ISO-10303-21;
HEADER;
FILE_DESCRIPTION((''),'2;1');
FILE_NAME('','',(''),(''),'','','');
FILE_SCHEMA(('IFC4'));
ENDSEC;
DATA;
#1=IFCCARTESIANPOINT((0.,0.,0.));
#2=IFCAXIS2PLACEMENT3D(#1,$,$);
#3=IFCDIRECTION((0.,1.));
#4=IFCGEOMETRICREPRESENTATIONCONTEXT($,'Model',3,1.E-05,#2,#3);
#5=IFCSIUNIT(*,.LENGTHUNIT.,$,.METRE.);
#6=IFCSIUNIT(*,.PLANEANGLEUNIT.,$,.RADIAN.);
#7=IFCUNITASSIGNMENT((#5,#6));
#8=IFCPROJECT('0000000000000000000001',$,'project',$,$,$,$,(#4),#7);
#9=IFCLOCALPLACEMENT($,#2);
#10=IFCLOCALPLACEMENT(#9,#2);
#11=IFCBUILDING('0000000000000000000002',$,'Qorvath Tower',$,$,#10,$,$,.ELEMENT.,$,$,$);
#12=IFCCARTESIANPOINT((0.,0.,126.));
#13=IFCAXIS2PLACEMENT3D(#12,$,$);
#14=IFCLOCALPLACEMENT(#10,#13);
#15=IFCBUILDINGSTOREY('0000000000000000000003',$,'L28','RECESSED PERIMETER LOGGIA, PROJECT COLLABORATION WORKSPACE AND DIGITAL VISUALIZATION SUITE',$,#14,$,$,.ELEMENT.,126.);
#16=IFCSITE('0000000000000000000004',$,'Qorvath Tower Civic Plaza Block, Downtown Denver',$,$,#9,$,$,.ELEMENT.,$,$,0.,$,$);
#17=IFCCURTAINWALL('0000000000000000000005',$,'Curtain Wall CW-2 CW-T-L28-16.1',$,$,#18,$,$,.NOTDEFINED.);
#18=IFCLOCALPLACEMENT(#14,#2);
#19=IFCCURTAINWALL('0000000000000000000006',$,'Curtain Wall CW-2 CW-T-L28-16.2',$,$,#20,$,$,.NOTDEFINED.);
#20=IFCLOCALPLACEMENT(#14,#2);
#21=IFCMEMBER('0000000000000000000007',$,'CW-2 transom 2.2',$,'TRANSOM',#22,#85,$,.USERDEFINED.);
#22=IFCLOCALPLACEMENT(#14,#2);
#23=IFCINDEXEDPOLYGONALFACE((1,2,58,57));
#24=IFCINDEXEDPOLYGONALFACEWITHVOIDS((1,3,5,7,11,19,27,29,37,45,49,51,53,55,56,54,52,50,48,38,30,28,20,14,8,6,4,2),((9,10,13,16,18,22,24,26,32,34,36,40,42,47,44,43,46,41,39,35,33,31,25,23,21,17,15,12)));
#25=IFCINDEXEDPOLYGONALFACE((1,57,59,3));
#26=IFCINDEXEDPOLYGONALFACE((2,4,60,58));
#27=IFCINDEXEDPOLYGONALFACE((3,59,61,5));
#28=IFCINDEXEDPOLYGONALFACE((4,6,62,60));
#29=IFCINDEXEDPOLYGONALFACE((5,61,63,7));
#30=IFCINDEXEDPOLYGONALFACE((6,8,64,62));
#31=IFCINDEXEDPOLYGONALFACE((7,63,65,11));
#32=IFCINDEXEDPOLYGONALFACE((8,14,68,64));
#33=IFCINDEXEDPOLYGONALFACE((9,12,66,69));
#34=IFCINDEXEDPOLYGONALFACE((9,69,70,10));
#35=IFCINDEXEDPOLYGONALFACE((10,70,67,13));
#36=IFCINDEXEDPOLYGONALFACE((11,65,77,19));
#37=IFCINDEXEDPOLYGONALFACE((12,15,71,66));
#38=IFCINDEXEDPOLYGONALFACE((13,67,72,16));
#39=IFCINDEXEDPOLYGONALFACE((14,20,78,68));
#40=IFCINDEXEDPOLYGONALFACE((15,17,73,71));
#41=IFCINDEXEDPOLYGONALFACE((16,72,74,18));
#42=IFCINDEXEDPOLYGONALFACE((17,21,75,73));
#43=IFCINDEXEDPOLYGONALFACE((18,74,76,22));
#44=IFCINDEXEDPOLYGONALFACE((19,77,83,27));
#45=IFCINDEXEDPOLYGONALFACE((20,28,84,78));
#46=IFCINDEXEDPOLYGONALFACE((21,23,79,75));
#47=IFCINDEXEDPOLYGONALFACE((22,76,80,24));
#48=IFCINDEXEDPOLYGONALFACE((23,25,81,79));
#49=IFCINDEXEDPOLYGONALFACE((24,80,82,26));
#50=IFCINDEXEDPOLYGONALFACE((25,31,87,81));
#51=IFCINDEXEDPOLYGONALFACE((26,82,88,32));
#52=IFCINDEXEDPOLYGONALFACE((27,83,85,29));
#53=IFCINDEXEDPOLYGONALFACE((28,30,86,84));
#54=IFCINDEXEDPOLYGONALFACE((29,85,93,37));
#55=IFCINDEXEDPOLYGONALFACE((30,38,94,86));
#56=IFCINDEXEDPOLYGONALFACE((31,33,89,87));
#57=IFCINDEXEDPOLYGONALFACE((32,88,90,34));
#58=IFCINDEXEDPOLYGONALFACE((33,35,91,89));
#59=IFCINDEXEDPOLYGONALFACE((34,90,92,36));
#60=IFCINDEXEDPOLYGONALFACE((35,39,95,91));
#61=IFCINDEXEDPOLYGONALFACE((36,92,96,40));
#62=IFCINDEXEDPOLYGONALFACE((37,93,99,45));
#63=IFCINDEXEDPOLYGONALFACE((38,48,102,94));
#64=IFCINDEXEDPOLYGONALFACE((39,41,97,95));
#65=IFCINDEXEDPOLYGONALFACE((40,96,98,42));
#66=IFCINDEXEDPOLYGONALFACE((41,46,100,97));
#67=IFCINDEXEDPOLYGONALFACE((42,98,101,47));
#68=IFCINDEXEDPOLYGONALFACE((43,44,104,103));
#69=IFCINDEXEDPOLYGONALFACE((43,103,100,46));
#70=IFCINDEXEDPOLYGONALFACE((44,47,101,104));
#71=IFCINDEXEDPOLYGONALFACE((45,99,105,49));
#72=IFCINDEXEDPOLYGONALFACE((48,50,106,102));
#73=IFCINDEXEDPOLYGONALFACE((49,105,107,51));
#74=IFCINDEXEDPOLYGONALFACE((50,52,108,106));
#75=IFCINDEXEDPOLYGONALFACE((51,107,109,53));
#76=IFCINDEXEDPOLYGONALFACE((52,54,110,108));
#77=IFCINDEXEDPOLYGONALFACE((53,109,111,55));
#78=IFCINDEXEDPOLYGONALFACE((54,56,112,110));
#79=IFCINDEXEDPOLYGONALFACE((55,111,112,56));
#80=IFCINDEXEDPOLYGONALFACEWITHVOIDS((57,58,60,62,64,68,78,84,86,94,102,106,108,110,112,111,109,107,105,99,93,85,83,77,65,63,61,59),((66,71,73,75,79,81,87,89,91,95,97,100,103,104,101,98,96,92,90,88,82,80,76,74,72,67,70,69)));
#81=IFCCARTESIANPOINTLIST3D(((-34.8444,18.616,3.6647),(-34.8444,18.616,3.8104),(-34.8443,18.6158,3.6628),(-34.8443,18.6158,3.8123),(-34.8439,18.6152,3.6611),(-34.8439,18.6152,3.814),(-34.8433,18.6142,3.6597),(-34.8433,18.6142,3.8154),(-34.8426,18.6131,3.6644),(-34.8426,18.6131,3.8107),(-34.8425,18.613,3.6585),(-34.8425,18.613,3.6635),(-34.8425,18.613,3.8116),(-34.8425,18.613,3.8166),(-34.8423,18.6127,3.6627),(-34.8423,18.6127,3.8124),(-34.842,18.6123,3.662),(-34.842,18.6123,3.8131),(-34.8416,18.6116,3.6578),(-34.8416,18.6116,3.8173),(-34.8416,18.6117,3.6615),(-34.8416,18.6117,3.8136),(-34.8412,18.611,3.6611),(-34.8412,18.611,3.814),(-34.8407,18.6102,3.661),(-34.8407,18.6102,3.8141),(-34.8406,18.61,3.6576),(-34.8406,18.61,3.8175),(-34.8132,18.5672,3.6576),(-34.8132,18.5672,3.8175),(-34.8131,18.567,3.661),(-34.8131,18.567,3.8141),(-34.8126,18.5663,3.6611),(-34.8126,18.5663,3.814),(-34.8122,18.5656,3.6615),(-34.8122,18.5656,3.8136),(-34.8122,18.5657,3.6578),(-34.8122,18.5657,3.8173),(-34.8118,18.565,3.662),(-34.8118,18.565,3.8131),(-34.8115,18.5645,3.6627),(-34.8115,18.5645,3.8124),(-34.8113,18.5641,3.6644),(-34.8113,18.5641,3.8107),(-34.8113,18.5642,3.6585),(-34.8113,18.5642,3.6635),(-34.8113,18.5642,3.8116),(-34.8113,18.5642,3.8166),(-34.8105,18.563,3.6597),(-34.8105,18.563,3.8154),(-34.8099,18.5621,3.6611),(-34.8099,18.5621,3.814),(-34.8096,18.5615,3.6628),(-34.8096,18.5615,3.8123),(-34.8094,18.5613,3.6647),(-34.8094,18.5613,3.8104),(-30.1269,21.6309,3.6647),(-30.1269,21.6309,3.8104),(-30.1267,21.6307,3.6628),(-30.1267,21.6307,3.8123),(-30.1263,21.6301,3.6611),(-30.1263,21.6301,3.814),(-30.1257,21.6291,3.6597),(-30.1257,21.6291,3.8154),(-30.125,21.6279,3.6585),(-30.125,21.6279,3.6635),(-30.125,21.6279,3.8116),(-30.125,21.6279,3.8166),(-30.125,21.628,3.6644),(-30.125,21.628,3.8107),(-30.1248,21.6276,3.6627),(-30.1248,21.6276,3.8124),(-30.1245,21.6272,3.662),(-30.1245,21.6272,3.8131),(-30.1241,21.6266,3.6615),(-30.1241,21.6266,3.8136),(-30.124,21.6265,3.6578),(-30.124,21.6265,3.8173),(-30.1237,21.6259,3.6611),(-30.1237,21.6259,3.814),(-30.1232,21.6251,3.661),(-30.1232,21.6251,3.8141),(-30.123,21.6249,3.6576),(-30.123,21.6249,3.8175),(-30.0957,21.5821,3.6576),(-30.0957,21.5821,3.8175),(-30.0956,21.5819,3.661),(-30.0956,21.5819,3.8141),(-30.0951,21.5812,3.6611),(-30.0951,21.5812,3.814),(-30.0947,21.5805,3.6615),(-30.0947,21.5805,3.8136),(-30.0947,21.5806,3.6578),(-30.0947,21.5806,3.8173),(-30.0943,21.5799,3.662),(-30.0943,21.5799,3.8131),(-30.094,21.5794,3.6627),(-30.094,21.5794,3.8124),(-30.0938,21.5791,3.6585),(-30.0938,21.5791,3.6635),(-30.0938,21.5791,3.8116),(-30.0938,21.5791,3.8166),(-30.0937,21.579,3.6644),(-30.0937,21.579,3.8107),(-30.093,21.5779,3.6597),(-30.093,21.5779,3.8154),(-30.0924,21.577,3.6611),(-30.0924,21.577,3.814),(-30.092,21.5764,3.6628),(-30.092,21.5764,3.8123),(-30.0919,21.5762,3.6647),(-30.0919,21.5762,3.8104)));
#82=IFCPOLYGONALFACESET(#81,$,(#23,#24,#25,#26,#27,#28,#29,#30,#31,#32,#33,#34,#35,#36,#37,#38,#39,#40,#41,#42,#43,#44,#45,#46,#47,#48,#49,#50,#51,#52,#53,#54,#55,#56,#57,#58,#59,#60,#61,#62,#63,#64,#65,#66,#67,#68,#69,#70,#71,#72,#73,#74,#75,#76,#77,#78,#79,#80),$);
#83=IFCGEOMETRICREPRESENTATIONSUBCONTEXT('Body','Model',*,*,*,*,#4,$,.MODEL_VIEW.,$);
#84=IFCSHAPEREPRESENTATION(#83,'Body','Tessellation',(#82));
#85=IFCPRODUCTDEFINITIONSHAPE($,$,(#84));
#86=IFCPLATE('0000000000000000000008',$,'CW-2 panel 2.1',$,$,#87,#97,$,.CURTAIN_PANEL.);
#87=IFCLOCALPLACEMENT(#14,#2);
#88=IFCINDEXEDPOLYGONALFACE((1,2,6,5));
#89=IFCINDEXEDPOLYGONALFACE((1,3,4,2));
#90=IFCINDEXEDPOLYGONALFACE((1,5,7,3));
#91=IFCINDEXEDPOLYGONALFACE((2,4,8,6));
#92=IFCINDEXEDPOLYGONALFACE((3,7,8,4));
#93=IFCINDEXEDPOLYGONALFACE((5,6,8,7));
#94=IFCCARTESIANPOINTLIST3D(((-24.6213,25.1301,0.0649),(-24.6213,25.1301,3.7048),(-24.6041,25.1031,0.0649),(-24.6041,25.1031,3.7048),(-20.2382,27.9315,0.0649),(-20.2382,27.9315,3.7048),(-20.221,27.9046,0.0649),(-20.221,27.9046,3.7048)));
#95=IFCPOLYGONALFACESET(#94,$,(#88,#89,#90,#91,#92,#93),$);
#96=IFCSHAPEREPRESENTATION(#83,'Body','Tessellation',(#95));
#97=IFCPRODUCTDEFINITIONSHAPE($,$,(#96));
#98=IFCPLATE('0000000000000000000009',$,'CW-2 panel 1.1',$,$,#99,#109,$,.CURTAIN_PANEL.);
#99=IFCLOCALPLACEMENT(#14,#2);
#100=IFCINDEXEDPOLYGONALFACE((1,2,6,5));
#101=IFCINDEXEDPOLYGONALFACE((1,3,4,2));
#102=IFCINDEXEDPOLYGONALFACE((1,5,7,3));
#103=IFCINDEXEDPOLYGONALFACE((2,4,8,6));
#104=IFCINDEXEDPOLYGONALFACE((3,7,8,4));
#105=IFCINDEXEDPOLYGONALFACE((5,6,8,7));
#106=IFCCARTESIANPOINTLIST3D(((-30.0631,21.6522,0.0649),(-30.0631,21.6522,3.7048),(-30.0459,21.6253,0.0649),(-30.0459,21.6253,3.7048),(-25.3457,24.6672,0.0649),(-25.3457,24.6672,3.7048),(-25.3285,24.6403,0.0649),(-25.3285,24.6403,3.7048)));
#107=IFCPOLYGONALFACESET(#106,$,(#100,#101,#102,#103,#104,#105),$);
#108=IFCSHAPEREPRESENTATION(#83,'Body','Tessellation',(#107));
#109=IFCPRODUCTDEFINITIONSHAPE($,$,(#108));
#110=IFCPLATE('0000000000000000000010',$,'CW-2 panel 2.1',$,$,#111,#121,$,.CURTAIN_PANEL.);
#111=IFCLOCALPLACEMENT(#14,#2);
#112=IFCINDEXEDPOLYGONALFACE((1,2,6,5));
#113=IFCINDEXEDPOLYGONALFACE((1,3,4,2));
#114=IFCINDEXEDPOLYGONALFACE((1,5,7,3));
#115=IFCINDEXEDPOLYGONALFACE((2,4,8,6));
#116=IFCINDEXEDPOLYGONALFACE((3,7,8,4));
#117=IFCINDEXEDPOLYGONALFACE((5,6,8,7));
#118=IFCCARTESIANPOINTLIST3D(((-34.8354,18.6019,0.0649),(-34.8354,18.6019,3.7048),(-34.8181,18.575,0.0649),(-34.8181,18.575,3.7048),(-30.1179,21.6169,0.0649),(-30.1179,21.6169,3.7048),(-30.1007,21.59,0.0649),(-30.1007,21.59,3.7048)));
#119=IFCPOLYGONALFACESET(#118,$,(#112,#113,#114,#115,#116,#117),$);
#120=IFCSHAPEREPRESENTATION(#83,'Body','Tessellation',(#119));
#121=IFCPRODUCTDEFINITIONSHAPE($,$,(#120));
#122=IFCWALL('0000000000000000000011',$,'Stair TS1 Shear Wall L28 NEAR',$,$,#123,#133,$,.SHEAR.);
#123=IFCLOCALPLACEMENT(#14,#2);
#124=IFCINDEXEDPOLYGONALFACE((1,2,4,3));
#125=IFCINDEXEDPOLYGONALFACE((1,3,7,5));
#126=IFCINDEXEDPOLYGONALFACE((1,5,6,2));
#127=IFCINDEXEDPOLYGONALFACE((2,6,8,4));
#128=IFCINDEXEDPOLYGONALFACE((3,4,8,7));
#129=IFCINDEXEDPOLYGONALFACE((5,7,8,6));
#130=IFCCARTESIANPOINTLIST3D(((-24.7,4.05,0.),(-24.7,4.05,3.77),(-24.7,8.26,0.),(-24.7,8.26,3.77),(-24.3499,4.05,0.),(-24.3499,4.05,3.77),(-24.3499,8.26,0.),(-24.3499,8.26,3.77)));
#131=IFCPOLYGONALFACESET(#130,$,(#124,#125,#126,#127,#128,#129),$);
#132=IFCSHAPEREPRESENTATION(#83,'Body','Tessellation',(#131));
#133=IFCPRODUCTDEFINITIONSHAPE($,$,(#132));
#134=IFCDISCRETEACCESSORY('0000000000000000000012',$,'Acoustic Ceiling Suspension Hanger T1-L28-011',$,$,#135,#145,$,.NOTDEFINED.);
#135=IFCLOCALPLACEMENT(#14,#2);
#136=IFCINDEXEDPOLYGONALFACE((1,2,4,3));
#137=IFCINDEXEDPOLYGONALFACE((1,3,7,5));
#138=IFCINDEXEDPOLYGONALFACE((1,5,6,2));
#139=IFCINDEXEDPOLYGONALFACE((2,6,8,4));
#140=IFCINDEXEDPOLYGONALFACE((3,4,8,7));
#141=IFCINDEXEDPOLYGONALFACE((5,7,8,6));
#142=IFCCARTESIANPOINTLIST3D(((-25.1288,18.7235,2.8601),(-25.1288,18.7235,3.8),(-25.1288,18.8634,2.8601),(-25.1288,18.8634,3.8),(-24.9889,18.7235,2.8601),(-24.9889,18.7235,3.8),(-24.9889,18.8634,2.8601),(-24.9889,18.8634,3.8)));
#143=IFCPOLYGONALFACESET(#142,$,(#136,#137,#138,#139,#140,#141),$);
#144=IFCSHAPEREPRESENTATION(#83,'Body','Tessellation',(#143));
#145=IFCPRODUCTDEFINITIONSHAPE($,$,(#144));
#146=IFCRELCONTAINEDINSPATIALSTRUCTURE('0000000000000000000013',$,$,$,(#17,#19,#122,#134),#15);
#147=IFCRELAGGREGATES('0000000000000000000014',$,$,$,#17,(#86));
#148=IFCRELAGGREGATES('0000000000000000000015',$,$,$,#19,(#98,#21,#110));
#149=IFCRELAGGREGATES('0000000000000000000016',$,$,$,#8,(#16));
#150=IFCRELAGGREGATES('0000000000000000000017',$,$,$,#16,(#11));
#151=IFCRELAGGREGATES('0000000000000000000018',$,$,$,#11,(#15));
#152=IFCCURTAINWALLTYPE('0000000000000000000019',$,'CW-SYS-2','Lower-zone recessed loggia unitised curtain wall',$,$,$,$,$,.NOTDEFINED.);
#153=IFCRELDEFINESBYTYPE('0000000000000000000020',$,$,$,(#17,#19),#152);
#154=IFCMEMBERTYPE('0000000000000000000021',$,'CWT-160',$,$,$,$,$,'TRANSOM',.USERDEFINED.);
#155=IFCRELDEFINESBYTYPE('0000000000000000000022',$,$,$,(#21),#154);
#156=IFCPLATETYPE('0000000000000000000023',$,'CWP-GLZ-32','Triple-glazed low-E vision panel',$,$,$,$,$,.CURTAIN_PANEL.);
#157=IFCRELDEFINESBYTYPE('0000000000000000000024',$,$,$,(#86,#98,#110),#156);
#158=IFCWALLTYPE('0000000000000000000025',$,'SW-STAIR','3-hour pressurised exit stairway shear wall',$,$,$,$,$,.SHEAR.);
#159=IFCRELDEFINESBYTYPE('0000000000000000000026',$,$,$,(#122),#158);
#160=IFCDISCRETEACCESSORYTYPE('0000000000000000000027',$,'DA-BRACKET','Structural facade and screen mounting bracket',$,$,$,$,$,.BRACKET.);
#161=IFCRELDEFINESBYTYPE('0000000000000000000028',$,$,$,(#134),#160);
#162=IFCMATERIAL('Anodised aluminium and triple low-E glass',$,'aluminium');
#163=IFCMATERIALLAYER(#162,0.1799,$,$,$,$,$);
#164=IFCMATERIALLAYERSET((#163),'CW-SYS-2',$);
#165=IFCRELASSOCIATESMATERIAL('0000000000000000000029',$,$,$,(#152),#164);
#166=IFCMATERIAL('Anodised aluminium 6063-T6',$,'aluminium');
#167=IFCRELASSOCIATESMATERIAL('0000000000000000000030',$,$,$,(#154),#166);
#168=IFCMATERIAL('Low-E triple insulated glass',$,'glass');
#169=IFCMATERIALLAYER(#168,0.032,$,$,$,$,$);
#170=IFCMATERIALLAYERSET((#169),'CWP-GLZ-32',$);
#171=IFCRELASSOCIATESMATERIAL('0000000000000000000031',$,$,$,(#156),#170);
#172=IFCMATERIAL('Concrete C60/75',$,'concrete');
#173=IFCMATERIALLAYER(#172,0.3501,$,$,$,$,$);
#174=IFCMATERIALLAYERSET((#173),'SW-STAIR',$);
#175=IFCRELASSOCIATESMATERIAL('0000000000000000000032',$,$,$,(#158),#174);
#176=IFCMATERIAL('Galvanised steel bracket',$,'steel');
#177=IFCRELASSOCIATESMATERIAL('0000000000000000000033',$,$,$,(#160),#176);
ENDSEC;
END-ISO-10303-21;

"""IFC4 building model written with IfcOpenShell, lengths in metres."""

from ifc_helpers import new_model, si_unit, direction, frame, frame_2d, origin, origin_2d, place, context, subcontext, project, spatial, rectangle, hollow_rectangle, extrude, material, layer, layer_set, material_profile, profile_set, type_object, element, aggregate, save


model = new_model("IFC4")

# Units and contexts
model_context = context("Model", 3, precision=1e-05, world=origin(), true_north=direction((0.0, 1.0)))
body_context = subcontext(model_context, "Body", "Model", "MODEL_VIEW")
ifc_project = project(units=[si_unit("LENGTHUNIT", "METRE"), si_unit("PLANEANGLEUNIT", "RADIAN")], contexts=[model_context])

# Site, building, storey
site_placement = place(None, origin())
site = spatial("IfcSite", under=ifc_project, at=site_placement, Name="Qorvath Tower Civic Plaza Block, Downtown Denver", CompositionType="ELEMENT", RefElevation=0.0)
building_placement = place(site_placement, origin())
building = spatial("IfcBuilding", under=site, at=building_placement, Name="Qorvath Tower", CompositionType="ELEMENT")
storey_placement = place(building_placement, frame((0.0, 0.0, 126.0)))
storey = spatial("IfcBuildingStorey", under=building, at=storey_placement, Name="L28", Description="RECESSED PERIMETER LOGGIA, PROJECT COLLABORATION WORKSPACE AND DIGITAL VISUALIZATION SUITE", CompositionType="ELEMENT", Elevation=126.0)

# Curtain wall
ifc_material_1 = material(Name="Anodised aluminium and triple low-E glass", Category="aluminium")
ifc_layer_1 = layer(ifc_material_1, 0.1799)
ifc_layer_set_1 = layer_set([ifc_layer_1], Name="CW-SYS-2")
curtain_wall_type = type_object("IfcCurtainWallType", Name="CW-SYS-2", Description="Lower-zone recessed loggia unitised curtain wall", PredefinedType="NOTDEFINED", material=ifc_layer_set_1)
curtain_wall_1_placement = place(storey_placement, origin())
curtain_wall_1 = element("IfcCurtainWall", 1, at=curtain_wall_1_placement, inside=storey, type_object=curtain_wall_type, Name="Curtain Wall CW-2 CW-T-L28-16.1", PredefinedType="NOTDEFINED")

# Curtain wall, member
curtain_wall_2_placement = place(storey_placement, origin())
curtain_wall_2 = element("IfcCurtainWall", 2, at=curtain_wall_2_placement, inside=storey, type_object=curtain_wall_type, Name="Curtain Wall CW-2 CW-T-L28-16.2", PredefinedType="NOTDEFINED")
ifc_material_2 = material(Name="Anodised aluminium 6063-T6", Category="aluminium")
ifc_material_profile_1 = material_profile(ifc_material_2, hollow_rectangle(XDim=0.0649, YDim=0.1599, WallThickness=0.0034, InnerFilletRadius=0.0034, OuterFilletRadius=0.0071, at=origin_2d()), Name="CWT 160x65")
ifc_profile_set_1 = profile_set([ifc_material_profile_1], Name="Anodised aluminium 6063-T6")
member_type_1 = type_object("IfcMemberType", Name="CWT-160", ElementType="TRANSOM", PredefinedType="USERDEFINED", material=ifc_profile_set_1)
member_1_placement = place(storey_placement, frame((-30.1094, 21.6035, 3.7375), z_axis=(-0.842622, -0.538505, 0.0), x_axis=(0.538505, -0.842622, 0.0)))
member_1 = element("IfcMember", 3, at=member_1_placement, type_object=member_type_1, Name="CW-2 transom 2.2", ObjectType="TRANSOM", PredefinedType="USERDEFINED", context=body_context, shape_type="SweptSolid", body=[
    extrude(hollow_rectangle(XDim=0.0649, YDim=0.1599, WallThickness=0.0034, InnerFilletRadius=0.0034, OuterFilletRadius=0.0071, at=origin_2d()), origin(), (0.0, 0.0, 1.0), 5.5986),
])

# Plates
ifc_material_3 = material(Name="Low-E triple insulated glass", Category="glass")
ifc_layer_2 = layer(ifc_material_3, 0.032)
ifc_layer_set_2 = layer_set([ifc_layer_2], Name="CWP-GLZ-32")
plate_type = type_object("IfcPlateType", Name="CWP-GLZ-32", Description="Triple-glazed low-E vision panel", PredefinedType="CURTAIN_PANEL", material=ifc_layer_set_2)
plate_1_placement = place(storey_placement, frame((-22.4211, 26.5173, 0.0649), z_axis=(0.0, 0.0, 1.0), x_axis=(-0.842595, -0.538548, 0.0)))
plate_1 = element("IfcPlate", 4, at=plate_1_placement, type_object=plate_type, Name="CW-2 panel 2.1", PredefinedType="CURTAIN_PANEL", context=body_context, shape_type="SweptSolid", body=[
    extrude(rectangle(XDim=5.2019, YDim=0.032, at=origin_2d()), origin(), (0.0, 0.0, 1.0), 3.6399),
])
aggregate(curtain_wall_1, [plate_1])
plate_2_placement = place(storey_placement, frame((-27.6958, 23.1462, 0.0649), z_axis=(0.0, 0.0, 1.0), x_axis=(-0.842607, -0.53853, 0.0)))
plate_2 = element("IfcPlate", 5, at=plate_2_placement, type_object=plate_type, Name="CW-2 panel 1.1", PredefinedType="CURTAIN_PANEL", context=body_context, shape_type="SweptSolid", body=[
    extrude(rectangle(XDim=5.5986, YDim=0.032, at=origin_2d()), origin(), (0.0, 0.0, 1.0), 3.6399),
])
plate_3_placement = place(storey_placement, frame((-32.468, 20.0959, 0.0649), z_axis=(0.0, 0.0, 1.0), x_axis=(-0.842607, -0.53853, 0.0)))
plate_3 = element("IfcPlate", 6, at=plate_3_placement, type_object=plate_type, Name="CW-2 panel 2.1", PredefinedType="CURTAIN_PANEL", context=body_context, shape_type="SweptSolid", body=[
    extrude(rectangle(XDim=5.5986, YDim=0.032, at=origin_2d()), origin(), (0.0, 0.0, 1.0), 3.6399),
])
aggregate(curtain_wall_2, [plate_2, member_1, plate_3])

# Wall
ifc_material_4 = material(Name="Concrete C60/75", Category="concrete")
ifc_layer_3 = layer(ifc_material_4, 0.3501)
ifc_layer_set_3 = layer_set([ifc_layer_3], Name="SW-STAIR")
wall_type_1 = type_object("IfcWallType", Name="SW-STAIR", Description="3-hour pressurised exit stairway shear wall", PredefinedType="SHEAR", material=ifc_layer_set_3)
wall_1_placement = place(storey_placement, frame((-24.5249, 8.26, 0.0), z_axis=(0.0, 0.0, 1.0), x_axis=(0.0, -1.0, 0.0)))
element("IfcWall", 7, at=wall_1_placement, inside=storey, type_object=wall_type_1, Name="Stair TS1 Shear Wall L28 NEAR", PredefinedType="SHEAR", context=body_context, shape_type="SweptSolid", body=[
    extrude(rectangle(XDim=4.21, YDim=0.3501, at=frame_2d((2.105, 0.0))), origin(), (0.0, 0.0, 1.0), 3.77),
])

# Discrete accessory
ifc_material_5 = material(Name="Galvanised steel bracket", Category="steel")
discrete_accessory_type = type_object("IfcDiscreteAccessoryType", Name="DA-BRACKET", Description="Structural facade and screen mounting bracket", PredefinedType="BRACKET", material=ifc_material_5)
discrete_accessory_placement = place(storey_placement, frame((-25.0588, 18.7935, 2.8601), z_axis=(0.0, 0.0, 1.0), x_axis=(1.0, 0.0, 0.0)))
element("IfcDiscreteAccessory", 8, at=discrete_accessory_placement, inside=storey, type_object=discrete_accessory_type, Name="Acoustic Ceiling Suspension Hanger T1-L28-011", PredefinedType="NOTDEFINED", context=body_context, shape_type="SweptSolid", body=[
    extrude(rectangle(XDim=0.1399, YDim=0.1399, at=origin_2d()), origin(), (0.0, 0.0, 1.0), 0.9399),
])

save(model, "model.ifc")
